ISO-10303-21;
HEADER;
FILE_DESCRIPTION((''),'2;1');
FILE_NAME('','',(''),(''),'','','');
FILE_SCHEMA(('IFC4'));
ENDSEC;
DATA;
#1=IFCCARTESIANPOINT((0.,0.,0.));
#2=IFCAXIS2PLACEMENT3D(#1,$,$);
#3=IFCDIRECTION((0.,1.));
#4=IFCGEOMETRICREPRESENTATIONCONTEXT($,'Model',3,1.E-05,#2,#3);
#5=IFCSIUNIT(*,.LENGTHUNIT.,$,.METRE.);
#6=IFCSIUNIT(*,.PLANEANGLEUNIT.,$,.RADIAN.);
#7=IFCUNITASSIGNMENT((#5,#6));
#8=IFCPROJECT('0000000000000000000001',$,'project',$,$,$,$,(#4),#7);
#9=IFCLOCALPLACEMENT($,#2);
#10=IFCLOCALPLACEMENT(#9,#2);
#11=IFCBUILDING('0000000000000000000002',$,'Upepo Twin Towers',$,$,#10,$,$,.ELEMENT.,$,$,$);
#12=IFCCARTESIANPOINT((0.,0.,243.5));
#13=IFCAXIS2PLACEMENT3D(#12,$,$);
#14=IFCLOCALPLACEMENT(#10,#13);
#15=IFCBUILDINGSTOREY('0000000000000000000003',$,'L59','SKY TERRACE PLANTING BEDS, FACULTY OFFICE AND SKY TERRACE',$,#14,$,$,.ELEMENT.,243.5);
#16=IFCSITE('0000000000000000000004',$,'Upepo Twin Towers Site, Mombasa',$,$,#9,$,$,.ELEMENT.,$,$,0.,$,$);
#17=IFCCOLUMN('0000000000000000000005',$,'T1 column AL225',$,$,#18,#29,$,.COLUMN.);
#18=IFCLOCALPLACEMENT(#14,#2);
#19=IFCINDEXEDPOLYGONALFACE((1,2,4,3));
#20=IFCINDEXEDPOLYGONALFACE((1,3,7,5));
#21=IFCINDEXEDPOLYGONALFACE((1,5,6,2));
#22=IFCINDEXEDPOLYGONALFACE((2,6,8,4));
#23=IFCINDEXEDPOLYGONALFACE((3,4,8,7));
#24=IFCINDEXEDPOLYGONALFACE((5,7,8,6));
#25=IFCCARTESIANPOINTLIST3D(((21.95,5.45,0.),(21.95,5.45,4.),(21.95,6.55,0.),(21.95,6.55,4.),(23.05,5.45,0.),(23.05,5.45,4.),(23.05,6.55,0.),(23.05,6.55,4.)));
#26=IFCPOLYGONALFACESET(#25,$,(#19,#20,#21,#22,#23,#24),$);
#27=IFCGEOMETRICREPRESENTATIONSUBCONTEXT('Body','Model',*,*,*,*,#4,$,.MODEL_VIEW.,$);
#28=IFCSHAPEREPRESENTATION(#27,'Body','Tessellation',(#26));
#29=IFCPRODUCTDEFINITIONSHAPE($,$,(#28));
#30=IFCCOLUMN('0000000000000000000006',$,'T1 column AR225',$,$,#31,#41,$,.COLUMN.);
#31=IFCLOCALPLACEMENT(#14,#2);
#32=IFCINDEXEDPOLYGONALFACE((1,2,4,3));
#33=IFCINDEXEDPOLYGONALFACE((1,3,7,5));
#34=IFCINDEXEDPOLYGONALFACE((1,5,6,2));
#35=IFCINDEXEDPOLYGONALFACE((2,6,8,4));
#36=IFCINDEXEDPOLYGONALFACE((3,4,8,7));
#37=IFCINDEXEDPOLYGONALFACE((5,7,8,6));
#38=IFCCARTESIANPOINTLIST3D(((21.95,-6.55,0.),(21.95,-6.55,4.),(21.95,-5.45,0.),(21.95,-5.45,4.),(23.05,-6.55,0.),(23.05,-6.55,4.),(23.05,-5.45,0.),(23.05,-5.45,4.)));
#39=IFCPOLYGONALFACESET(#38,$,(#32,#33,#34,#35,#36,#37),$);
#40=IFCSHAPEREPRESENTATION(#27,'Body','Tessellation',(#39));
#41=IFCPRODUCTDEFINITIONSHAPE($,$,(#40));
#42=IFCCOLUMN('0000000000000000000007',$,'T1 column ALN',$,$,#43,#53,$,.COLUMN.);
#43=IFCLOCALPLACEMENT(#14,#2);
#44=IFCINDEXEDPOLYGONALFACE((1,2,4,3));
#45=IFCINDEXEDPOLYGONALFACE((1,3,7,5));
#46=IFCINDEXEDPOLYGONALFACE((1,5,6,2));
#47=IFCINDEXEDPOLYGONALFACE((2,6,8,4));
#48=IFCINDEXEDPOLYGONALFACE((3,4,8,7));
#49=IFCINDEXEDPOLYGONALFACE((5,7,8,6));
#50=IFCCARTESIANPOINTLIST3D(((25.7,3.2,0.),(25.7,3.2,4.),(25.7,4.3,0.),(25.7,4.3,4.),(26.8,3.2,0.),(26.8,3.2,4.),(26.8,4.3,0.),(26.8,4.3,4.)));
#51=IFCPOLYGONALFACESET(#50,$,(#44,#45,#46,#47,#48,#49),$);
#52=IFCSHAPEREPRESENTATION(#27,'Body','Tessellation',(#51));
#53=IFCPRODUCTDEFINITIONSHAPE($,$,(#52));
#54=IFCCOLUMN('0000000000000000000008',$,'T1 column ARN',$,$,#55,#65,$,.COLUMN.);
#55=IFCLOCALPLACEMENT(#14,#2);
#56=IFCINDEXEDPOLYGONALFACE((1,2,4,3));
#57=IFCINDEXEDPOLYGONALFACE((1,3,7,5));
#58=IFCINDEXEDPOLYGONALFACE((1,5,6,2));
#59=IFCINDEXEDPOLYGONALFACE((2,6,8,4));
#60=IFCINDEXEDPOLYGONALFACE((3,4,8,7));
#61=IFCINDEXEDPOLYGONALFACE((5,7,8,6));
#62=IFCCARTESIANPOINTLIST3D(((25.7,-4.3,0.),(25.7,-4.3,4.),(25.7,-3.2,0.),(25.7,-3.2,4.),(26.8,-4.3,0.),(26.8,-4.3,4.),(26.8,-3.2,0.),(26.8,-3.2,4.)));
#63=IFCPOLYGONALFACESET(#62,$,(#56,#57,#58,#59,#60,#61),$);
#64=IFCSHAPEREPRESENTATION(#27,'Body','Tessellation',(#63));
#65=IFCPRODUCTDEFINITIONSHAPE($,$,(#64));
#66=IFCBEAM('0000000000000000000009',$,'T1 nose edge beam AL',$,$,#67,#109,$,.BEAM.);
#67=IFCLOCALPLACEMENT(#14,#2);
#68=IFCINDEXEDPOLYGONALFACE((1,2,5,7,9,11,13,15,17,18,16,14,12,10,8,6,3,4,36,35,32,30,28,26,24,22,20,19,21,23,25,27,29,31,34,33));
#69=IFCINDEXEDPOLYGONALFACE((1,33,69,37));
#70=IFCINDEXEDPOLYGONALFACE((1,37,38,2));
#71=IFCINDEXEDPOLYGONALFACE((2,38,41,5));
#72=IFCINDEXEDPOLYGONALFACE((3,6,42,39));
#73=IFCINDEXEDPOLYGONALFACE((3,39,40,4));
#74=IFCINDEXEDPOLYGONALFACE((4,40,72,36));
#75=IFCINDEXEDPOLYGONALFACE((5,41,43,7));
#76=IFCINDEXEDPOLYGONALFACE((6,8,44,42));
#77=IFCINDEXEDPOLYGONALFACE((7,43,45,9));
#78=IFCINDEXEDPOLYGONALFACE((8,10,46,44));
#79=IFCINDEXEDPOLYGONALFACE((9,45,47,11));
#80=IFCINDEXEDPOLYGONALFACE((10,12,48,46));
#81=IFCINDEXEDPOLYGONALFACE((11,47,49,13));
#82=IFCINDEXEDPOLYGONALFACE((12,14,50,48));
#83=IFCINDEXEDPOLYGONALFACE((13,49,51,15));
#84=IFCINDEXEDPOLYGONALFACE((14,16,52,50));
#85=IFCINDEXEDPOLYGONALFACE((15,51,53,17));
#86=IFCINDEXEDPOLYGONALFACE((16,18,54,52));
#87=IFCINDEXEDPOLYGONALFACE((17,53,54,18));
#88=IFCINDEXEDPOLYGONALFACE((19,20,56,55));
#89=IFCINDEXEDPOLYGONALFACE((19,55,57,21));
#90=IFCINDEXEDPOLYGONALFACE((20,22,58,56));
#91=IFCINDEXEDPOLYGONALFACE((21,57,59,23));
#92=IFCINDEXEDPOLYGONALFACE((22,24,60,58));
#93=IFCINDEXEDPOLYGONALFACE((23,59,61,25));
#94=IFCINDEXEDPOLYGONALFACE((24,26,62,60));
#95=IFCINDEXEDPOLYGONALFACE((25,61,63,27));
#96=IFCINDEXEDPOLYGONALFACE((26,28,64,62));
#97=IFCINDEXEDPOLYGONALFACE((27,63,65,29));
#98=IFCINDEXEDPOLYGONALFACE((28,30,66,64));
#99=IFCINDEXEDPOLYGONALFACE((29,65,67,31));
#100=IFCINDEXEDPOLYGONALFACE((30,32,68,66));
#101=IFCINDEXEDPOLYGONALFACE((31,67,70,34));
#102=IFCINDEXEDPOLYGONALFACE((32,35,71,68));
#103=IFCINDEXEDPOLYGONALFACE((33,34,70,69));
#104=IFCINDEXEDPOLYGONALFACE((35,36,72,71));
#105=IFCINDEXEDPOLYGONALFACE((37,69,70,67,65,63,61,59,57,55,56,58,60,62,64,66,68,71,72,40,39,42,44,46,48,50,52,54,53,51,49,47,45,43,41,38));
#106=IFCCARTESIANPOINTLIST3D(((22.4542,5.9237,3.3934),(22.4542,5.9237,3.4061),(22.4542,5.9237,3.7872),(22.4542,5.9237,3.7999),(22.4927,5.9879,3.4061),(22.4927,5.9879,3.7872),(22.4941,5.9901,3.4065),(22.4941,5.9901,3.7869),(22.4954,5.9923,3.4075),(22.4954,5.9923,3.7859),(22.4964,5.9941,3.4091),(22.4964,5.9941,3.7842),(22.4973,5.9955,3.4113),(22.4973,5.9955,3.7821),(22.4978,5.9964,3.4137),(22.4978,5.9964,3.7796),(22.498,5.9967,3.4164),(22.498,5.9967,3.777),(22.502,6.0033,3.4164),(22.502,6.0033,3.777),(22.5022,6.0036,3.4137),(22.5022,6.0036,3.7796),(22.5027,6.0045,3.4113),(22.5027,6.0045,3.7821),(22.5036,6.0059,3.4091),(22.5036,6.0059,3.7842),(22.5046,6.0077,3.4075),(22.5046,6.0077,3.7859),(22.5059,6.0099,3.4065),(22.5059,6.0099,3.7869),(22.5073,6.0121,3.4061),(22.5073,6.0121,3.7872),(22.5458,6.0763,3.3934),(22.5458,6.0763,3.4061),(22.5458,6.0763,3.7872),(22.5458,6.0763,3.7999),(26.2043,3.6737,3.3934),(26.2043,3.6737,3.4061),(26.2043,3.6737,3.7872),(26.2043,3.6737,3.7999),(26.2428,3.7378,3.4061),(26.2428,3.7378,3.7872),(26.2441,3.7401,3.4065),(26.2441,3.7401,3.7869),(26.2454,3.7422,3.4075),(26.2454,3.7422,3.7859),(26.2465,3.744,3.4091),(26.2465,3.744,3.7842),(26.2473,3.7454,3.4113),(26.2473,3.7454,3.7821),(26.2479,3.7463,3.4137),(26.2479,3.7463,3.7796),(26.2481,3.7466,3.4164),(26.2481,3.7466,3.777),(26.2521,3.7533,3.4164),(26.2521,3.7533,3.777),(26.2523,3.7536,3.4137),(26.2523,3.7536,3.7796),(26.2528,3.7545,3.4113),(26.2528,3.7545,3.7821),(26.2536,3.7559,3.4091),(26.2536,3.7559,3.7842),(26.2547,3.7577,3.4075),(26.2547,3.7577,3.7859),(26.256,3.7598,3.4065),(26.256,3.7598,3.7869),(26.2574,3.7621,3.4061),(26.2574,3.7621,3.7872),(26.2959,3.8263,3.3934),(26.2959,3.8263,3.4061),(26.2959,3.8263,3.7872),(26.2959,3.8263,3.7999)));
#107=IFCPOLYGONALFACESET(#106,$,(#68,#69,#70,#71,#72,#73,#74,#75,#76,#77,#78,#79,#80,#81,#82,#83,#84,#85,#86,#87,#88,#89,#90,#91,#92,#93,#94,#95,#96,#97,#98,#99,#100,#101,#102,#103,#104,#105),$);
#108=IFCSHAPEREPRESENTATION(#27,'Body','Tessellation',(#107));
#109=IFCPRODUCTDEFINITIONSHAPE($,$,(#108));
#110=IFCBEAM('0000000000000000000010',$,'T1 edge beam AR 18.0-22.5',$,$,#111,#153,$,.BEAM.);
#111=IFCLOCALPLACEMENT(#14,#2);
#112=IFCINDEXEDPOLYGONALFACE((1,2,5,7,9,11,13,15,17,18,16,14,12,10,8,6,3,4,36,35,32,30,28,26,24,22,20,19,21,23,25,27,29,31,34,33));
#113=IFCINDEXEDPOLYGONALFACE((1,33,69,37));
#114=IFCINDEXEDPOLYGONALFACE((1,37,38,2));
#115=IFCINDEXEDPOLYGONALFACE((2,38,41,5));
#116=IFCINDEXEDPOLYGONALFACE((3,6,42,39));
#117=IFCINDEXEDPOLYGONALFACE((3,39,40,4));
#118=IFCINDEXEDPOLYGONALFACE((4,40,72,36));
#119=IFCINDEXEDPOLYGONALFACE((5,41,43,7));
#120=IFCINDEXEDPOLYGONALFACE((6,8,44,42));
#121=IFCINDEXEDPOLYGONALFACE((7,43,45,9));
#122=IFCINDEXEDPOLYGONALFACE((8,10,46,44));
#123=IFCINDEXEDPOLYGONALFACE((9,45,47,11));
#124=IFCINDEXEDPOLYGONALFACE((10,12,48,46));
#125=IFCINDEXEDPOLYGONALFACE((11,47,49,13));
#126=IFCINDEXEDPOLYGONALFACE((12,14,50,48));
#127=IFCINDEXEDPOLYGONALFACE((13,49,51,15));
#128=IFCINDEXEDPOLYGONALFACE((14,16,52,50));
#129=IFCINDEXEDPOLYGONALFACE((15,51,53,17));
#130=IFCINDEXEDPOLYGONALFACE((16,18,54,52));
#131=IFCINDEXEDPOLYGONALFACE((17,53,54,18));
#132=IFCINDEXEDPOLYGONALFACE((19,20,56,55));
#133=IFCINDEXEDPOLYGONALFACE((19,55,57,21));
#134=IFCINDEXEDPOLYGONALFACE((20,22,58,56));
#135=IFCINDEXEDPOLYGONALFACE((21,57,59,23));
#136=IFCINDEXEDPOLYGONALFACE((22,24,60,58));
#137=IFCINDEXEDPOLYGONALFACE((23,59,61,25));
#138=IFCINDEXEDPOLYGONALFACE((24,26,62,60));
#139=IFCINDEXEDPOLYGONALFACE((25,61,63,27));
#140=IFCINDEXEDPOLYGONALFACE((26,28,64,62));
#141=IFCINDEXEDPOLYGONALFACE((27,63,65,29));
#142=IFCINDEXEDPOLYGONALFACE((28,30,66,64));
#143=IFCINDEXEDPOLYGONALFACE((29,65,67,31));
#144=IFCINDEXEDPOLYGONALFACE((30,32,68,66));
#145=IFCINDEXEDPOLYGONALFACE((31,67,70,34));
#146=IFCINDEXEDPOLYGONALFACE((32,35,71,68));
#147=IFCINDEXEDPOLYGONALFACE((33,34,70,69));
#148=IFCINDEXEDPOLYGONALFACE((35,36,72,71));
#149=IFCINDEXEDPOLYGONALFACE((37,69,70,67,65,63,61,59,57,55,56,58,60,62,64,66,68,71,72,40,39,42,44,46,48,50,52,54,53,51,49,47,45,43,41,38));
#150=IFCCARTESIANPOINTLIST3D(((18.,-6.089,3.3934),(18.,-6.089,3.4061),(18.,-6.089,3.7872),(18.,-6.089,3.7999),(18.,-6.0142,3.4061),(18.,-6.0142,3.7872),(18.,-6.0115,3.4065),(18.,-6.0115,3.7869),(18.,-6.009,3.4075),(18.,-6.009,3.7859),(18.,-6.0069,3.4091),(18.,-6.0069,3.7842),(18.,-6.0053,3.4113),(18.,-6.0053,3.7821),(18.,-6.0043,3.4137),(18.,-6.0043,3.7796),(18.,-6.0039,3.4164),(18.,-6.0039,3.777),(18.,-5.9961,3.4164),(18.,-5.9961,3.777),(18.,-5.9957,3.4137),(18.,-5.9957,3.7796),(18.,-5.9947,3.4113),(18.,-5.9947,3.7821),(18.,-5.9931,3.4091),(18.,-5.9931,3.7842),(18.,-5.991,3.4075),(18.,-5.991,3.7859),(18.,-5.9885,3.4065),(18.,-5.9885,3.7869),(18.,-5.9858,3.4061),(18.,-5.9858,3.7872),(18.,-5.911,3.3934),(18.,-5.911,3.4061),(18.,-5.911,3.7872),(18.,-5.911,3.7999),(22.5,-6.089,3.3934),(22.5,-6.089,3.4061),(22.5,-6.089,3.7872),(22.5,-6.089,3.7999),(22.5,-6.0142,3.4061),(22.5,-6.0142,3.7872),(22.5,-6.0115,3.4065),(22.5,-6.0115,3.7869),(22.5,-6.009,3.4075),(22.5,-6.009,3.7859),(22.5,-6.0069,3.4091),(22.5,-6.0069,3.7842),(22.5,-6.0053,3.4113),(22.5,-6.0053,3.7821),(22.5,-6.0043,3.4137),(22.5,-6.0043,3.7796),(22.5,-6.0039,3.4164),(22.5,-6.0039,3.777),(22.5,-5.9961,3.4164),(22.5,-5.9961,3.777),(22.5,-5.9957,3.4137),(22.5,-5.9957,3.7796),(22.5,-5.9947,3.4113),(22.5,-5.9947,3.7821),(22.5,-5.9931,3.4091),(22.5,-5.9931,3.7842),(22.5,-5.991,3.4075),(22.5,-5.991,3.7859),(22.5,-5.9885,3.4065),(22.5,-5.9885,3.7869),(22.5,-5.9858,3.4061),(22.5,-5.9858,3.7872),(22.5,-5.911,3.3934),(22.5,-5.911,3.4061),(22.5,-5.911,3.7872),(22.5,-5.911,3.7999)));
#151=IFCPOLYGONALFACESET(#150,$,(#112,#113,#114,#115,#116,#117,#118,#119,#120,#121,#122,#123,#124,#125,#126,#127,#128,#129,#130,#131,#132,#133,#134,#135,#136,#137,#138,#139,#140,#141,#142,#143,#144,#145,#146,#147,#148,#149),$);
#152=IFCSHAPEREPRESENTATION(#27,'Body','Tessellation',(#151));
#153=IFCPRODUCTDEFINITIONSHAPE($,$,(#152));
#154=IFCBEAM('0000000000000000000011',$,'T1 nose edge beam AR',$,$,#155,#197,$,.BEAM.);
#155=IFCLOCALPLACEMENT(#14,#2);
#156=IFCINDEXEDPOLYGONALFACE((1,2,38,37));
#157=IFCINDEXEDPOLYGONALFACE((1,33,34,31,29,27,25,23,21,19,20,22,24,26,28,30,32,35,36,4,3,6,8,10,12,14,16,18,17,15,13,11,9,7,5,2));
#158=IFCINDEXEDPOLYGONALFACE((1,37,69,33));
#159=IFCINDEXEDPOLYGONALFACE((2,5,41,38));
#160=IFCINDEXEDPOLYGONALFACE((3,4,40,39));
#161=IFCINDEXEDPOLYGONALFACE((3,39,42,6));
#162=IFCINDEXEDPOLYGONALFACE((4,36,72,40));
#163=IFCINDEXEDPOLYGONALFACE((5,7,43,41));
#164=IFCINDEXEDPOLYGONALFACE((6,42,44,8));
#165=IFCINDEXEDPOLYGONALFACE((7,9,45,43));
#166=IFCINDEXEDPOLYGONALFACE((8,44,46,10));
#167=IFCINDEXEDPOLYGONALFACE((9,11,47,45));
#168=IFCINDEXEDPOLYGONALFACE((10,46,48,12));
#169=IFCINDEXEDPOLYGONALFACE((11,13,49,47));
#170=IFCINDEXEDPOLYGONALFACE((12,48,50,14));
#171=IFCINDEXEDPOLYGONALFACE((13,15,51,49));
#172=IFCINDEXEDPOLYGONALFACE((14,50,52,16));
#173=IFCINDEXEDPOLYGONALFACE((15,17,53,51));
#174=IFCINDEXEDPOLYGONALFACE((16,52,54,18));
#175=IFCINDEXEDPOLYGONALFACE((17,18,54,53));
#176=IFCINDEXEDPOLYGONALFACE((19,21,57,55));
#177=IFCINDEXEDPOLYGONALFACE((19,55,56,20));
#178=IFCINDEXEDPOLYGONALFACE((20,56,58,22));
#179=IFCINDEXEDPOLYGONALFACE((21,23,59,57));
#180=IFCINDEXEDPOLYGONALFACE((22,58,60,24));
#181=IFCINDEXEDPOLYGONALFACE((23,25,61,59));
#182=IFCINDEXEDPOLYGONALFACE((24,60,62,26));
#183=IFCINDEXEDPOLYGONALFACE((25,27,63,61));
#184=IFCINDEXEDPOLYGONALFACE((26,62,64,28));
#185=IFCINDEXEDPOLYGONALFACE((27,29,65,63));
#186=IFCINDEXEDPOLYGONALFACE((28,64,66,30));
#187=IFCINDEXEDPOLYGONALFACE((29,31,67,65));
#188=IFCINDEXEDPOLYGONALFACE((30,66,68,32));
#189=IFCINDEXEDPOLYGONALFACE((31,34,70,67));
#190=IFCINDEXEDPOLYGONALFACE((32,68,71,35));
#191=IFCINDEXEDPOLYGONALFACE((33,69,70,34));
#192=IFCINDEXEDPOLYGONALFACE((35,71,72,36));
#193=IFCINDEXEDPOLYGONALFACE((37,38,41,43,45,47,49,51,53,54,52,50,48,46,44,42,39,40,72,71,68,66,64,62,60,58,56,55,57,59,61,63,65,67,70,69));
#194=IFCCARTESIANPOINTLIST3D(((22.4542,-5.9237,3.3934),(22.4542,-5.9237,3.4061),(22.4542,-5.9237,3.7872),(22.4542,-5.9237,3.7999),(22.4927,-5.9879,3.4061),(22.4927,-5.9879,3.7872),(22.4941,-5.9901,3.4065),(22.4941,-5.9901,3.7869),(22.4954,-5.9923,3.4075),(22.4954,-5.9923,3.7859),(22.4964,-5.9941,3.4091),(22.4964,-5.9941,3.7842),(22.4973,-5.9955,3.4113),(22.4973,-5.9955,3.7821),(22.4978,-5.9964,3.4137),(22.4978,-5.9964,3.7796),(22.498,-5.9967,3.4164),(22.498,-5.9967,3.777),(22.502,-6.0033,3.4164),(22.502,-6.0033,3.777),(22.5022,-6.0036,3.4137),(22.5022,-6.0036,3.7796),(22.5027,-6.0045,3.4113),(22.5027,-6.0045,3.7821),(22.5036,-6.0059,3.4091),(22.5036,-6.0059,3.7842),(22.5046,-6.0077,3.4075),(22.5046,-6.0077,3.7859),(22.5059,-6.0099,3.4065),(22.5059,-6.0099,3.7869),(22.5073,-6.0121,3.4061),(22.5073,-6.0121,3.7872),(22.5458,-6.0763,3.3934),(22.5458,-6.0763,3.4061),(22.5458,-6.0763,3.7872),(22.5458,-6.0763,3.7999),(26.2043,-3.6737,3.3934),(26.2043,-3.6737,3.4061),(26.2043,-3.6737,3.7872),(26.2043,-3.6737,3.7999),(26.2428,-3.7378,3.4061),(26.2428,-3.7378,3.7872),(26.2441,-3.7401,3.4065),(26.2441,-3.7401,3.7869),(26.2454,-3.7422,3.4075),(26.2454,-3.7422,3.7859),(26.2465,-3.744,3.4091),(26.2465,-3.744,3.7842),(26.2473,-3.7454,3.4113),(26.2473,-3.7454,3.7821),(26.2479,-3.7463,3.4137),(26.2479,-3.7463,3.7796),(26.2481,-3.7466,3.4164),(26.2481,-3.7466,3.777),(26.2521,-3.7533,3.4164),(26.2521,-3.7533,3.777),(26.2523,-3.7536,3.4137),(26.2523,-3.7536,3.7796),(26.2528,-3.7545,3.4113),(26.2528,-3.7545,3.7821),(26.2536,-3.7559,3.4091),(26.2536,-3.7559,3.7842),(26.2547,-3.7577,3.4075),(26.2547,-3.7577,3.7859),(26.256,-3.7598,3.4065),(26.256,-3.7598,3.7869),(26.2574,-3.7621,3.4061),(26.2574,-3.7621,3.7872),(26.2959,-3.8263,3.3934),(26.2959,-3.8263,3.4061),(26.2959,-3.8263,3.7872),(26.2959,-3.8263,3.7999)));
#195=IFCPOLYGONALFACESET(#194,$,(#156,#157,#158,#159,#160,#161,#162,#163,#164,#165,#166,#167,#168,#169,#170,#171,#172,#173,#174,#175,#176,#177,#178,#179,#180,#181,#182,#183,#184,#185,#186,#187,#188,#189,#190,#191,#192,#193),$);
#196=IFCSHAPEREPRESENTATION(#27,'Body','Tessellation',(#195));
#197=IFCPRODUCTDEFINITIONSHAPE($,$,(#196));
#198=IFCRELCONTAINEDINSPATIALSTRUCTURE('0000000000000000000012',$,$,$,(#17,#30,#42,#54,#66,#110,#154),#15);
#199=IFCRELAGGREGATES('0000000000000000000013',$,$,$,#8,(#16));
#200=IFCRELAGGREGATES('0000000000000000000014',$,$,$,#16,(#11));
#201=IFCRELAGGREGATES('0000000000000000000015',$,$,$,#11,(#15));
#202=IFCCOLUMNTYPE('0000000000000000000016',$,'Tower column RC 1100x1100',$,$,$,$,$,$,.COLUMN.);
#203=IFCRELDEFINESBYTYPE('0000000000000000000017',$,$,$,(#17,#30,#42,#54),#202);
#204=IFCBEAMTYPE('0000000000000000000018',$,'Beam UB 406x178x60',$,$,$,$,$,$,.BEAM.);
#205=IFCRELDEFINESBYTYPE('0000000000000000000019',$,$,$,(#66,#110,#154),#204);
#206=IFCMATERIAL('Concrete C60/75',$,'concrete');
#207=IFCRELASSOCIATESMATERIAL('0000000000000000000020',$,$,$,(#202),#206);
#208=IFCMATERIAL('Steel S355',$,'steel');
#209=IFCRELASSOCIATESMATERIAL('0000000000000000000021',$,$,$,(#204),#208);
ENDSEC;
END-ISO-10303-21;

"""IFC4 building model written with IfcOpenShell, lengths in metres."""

from ifc_helpers import new_model, si_unit, direction, frame, origin, origin_2d, place, context, subcontext, project, spatial, rectangle, i_section, extrude, material, material_profile, profile_set, type_object, element, save


model = new_model("IFC4")

# Units and contexts
model_context = context("Model", 3, precision=1e-05, world=origin(), true_north=direction((0.0, 1.0)))
body_context = subcontext(model_context, "Body", "Model", "MODEL_VIEW")
ifc_project = project(units=[si_unit("LENGTHUNIT", "METRE"), si_unit("PLANEANGLEUNIT", "RADIAN")], contexts=[model_context])

# Site, building, storey
site_placement = place(None, origin())
site = spatial("IfcSite", under=ifc_project, at=site_placement, Name="Upepo Twin Towers Site, Mombasa", CompositionType="ELEMENT", RefElevation=0.0)
building_placement = place(site_placement, origin())
building = spatial("IfcBuilding", under=site, at=building_placement, Name="Upepo Twin Towers", CompositionType="ELEMENT")
storey_placement = place(building_placement, frame((0.0, 0.0, 243.5)))
storey = spatial("IfcBuildingStorey", under=building, at=storey_placement, Name="L59", Description="SKY TERRACE PLANTING BEDS, FACULTY OFFICE AND SKY TERRACE", CompositionType="ELEMENT", Elevation=243.5)

# Columns
ifc_material_1 = material(Name="Concrete C60/75", Category="concrete")
ifc_material_profile_1 = material_profile(ifc_material_1, rectangle(XDim=1.1001, YDim=1.1001, at=origin_2d()), Name="RC 1100x1100")
ifc_profile_set_1 = profile_set([ifc_material_profile_1], Name="Concrete C60/75")
column_type = type_object("IfcColumnType", Name="Tower column RC 1100x1100", PredefinedType="COLUMN", material=ifc_profile_set_1)
for number, where, z_axis, x_axis, name in (
    (1, (22.5, 6.0, 0.0), (0.0, 0.0, 1.0), (1.0, 0.0, 0.0), "T1 column AL225"),
    (2, (22.5, -6.0, 0.0), (0.0, 0.0, 1.0), (1.0, 0.0, 0.0), "T1 column AR225"),
    (3, (26.25, 3.75, 0.0), (0.0, 0.0, 1.0), (1.0, 0.0, 0.0), "T1 column ALN"),
    (4, (26.25, -3.75, 0.0), (0.0, 0.0, 1.0), (1.0, 0.0, 0.0), "T1 column ARN"),
):
    element("IfcColumn", number, at=place(storey_placement, frame(where, z_axis=z_axis, x_axis=x_axis)), inside=storey, type_object=column_type, Name=name, PredefinedType="COLUMN", context=body_context, shape_type="SweptSolid", body=[
        extrude(rectangle(XDim=1.1001, YDim=1.1001, at=origin_2d()), origin(), (0.0, 0.0, 1.0), 4.0),
    ])

# Beams
ifc_material_2 = material(Name="Steel S355", Category="steel")
ifc_material_profile_2 = material_profile(ifc_material_2, i_section(OverallWidth=0.178, OverallDepth=0.4065, WebThickness=0.0078, FlangeThickness=0.0127, FilletRadius=0.0103, at=origin_2d()), Name="UB 406x178x60")
ifc_profile_set_2 = profile_set([ifc_material_profile_2], Name="Steel S355")
beam_type_1 = type_object("IfcBeamType", Name="Beam UB 406x178x60", PredefinedType="BEAM", material=ifc_profile_set_2)
beam_1_placement = place(storey_placement, frame((22.5, 6.0, 3.5967), z_axis=(0.857493, -0.514496, 0.0), x_axis=(0.514496, 0.857493, 0.0)))
element("IfcBeam", 5, at=beam_1_placement, inside=storey, type_object=beam_type_1, Name="T1 nose edge beam AL", PredefinedType="BEAM", context=body_context, shape_type="SweptSolid", body=[
    extrude(i_section(OverallWidth=0.178, OverallDepth=0.4065, WebThickness=0.0078, FlangeThickness=0.0127, FilletRadius=0.0103, at=origin_2d()), origin(), (0.0, 0.0, 1.0), 4.3733),
])
beam_2_placement = place(storey_placement, frame((18.0, -6.0, 3.5967), z_axis=(1.0, 0.0, 0.0), x_axis=(0.0, 1.0, 0.0)))
element("IfcBeam", 6, at=beam_2_placement, inside=storey, type_object=beam_type_1, Name="T1 edge beam AR 18.0-22.5", PredefinedType="BEAM", context=body_context, shape_type="SweptSolid", body=[
    extrude(i_section(OverallWidth=0.178, OverallDepth=0.4065, WebThickness=0.0078, FlangeThickness=0.0127, FilletRadius=0.0103, at=origin_2d()), origin(), (0.0, 0.0, 1.0), 4.5),
])
beam_3_placement = place(storey_placement, frame((22.5, -6.0, 3.5967), z_axis=(0.857493, 0.514496, 0.0), x_axis=(-0.514496, 0.857493, 0.0)))
element("IfcBeam", 7, at=beam_3_placement, inside=storey, type_object=beam_type_1, Name="T1 nose edge beam AR", PredefinedType="BEAM", context=body_context, shape_type="SweptSolid", body=[
    extrude(i_section(OverallWidth=0.178, OverallDepth=0.4065, WebThickness=0.0078, FlangeThickness=0.0127, FilletRadius=0.0103, at=origin_2d()), origin(), (0.0, 0.0, 1.0), 4.3733),
])

save(model, "model.ifc")
